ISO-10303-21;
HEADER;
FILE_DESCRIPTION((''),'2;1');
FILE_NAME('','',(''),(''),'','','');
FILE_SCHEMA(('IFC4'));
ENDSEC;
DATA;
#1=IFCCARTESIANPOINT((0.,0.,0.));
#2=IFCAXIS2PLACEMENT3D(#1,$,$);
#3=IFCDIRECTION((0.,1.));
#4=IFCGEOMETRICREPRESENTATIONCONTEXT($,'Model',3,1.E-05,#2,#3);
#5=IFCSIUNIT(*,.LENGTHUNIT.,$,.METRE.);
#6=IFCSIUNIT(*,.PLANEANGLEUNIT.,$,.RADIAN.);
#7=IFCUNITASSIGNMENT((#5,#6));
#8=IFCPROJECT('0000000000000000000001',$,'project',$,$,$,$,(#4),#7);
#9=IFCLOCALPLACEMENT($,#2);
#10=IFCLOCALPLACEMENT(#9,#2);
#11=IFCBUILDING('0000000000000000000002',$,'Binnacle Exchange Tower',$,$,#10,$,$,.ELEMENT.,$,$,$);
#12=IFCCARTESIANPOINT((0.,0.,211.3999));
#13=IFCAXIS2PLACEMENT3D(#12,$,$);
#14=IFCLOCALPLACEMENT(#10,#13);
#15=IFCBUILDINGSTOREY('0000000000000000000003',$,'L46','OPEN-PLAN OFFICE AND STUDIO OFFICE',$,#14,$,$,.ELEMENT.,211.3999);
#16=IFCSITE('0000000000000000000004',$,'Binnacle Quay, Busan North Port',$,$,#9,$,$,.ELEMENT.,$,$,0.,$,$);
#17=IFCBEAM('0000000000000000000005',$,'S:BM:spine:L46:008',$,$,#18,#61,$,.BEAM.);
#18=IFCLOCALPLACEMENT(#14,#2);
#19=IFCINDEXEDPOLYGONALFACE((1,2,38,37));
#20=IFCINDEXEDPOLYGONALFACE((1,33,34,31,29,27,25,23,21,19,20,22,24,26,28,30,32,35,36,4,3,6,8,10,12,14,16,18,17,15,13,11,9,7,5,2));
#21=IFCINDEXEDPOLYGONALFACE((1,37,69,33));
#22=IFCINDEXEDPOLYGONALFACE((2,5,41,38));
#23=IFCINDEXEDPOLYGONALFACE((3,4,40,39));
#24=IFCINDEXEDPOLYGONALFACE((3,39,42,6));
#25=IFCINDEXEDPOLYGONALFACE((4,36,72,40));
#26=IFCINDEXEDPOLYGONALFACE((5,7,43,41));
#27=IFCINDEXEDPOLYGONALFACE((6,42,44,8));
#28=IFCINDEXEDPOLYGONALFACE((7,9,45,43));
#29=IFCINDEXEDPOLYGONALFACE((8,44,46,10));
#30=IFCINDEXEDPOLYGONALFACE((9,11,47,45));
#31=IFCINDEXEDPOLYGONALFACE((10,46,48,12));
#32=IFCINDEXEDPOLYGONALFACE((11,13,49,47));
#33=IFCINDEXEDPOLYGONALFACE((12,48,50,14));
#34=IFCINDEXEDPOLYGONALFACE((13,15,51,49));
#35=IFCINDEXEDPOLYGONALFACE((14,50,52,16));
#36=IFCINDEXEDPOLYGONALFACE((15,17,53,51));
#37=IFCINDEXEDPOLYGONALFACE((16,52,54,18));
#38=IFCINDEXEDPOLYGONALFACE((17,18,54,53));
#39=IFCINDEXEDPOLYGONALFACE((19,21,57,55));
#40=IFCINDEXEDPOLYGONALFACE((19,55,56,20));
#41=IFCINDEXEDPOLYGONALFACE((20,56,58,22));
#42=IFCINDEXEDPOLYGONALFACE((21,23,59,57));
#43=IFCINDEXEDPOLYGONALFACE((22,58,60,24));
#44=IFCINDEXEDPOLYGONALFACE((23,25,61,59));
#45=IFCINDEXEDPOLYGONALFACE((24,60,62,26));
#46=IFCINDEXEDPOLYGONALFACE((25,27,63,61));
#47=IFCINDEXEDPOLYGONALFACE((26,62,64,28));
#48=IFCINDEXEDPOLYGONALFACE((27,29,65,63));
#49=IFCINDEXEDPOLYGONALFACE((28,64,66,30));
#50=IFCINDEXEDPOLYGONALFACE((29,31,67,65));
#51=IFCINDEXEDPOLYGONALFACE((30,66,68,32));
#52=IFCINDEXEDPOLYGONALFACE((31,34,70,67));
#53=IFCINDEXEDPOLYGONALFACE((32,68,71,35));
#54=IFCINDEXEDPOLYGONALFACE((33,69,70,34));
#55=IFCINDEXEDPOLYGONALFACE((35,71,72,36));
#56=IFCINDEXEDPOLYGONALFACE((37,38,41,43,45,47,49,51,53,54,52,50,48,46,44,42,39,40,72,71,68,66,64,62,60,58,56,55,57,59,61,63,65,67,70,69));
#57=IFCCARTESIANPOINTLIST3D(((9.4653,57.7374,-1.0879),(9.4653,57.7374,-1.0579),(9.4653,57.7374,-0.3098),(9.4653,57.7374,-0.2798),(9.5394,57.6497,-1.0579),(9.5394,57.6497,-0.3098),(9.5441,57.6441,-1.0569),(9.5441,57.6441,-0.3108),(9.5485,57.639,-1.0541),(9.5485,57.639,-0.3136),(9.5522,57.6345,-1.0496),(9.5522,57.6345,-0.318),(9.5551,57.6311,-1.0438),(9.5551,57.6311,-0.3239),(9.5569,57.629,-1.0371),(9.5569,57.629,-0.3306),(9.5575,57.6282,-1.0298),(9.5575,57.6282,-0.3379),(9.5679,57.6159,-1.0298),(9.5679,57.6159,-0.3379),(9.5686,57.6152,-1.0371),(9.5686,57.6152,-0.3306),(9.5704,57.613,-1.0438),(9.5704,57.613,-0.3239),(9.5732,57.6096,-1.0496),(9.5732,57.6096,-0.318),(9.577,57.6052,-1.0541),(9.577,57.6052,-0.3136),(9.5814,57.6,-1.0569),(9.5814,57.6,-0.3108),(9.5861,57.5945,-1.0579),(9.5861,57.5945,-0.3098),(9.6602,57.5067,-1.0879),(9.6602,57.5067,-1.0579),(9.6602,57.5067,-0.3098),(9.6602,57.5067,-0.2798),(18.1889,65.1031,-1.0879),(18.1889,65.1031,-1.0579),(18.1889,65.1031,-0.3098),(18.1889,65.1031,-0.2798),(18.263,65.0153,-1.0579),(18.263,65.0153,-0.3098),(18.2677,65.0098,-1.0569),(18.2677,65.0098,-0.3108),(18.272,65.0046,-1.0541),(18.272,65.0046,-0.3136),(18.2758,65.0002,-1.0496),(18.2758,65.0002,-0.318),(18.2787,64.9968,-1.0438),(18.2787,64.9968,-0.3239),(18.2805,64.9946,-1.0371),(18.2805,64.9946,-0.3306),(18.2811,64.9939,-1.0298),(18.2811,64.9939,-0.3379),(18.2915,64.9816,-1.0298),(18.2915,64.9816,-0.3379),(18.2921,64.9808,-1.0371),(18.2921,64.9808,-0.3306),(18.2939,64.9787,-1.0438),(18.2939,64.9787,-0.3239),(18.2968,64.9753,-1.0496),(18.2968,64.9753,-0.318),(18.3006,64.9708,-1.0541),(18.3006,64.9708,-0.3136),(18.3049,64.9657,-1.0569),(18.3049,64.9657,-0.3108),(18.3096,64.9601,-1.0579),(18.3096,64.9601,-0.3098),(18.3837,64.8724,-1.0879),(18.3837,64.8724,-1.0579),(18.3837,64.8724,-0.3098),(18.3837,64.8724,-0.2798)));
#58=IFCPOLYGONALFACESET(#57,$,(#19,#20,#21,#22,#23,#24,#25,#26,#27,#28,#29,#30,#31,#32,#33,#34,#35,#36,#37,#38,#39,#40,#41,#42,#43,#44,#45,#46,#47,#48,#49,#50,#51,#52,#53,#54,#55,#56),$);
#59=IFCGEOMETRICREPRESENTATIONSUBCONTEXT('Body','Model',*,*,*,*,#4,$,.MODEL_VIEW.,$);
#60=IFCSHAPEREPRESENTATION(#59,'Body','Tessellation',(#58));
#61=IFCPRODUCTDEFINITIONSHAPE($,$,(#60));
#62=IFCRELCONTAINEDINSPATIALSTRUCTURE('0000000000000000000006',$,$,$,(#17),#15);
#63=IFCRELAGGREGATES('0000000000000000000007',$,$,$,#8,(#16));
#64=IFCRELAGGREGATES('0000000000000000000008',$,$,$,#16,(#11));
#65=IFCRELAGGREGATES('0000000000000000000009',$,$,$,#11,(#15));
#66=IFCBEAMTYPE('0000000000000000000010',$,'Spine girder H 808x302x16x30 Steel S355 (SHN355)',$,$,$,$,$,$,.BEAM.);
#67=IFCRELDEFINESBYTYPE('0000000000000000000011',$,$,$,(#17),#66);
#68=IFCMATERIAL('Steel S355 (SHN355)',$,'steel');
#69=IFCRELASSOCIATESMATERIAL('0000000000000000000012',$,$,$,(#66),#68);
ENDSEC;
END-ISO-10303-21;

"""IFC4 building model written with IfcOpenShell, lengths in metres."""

from ifc_helpers import new_model, si_unit, direction, frame, origin, origin_2d, place, context, subcontext, project, spatial, i_section, extrude, material, material_profile, profile_set, type_object, element, save


model = new_model("IFC4")

# Units and contexts
model_context = context("Model", 3, precision=1e-05, world=origin(), true_north=direction((0.0, 1.0)))
body_context = subcontext(model_context, "Body", "Model", "MODEL_VIEW")
ifc_project = project(units=[si_unit("LENGTHUNIT", "METRE"), si_unit("PLANEANGLEUNIT", "RADIAN")], contexts=[model_context])

# Site, building, storey
site_placement = place(None, origin())
site = spatial("IfcSite", under=ifc_project, at=site_placement, Name="Binnacle Quay, Busan North Port", CompositionType="ELEMENT", RefElevation=0.0)
building_placement = place(site_placement, origin())
building = spatial("IfcBuilding", under=site, at=building_placement, Name="Binnacle Exchange Tower", CompositionType="ELEMENT")
storey_placement = place(building_placement, frame((0.0, 0.0, 211.3999)))
storey = spatial("IfcBuildingStorey", under=building, at=storey_placement, Name="L46", Description="OPEN-PLAN OFFICE AND STUDIO OFFICE", CompositionType="ELEMENT", Elevation=211.3999)

# Beam
ifc_material_1 = material(Name="Steel S355 (SHN355)", Category="steel")
ifc_material_profile_1 = material_profile(ifc_material_1, i_section(OverallWidth=0.302, OverallDepth=0.8081, WebThickness=0.0161, FlangeThickness=0.03, FilletRadius=0.0281, at=origin_2d()), Name="H 808x302x16x30")
ifc_profile_set_1 = profile_set([ifc_material_profile_1], Name="Steel S355 (SHN355)")
beam_type_1 = type_object("IfcBeamType", Name="Spine girder H 808x302x16x30 Steel S355 (SHN355)", PredefinedType="BEAM", material=ifc_profile_set_1)
beam_1_placement = place(storey_placement, frame((9.5627, 57.6221, -0.6838), z_axis=(0.764069, 0.645135, 0.0), x_axis=(-0.645135, 0.764069, 0.0)))
element("IfcBeam", 1, at=beam_1_placement, inside=storey, type_object=beam_type_1, Name="S:BM:spine:L46:008", PredefinedType="BEAM", context=body_context, shape_type="SweptSolid", body=[
    extrude(i_section(OverallWidth=0.302, OverallDepth=0.8081, WebThickness=0.0161, FlangeThickness=0.03, FilletRadius=0.0281, at=origin_2d()), origin(), (0.0, 0.0, 1.0), 11.4172),
])

save(model, "model.ifc")
